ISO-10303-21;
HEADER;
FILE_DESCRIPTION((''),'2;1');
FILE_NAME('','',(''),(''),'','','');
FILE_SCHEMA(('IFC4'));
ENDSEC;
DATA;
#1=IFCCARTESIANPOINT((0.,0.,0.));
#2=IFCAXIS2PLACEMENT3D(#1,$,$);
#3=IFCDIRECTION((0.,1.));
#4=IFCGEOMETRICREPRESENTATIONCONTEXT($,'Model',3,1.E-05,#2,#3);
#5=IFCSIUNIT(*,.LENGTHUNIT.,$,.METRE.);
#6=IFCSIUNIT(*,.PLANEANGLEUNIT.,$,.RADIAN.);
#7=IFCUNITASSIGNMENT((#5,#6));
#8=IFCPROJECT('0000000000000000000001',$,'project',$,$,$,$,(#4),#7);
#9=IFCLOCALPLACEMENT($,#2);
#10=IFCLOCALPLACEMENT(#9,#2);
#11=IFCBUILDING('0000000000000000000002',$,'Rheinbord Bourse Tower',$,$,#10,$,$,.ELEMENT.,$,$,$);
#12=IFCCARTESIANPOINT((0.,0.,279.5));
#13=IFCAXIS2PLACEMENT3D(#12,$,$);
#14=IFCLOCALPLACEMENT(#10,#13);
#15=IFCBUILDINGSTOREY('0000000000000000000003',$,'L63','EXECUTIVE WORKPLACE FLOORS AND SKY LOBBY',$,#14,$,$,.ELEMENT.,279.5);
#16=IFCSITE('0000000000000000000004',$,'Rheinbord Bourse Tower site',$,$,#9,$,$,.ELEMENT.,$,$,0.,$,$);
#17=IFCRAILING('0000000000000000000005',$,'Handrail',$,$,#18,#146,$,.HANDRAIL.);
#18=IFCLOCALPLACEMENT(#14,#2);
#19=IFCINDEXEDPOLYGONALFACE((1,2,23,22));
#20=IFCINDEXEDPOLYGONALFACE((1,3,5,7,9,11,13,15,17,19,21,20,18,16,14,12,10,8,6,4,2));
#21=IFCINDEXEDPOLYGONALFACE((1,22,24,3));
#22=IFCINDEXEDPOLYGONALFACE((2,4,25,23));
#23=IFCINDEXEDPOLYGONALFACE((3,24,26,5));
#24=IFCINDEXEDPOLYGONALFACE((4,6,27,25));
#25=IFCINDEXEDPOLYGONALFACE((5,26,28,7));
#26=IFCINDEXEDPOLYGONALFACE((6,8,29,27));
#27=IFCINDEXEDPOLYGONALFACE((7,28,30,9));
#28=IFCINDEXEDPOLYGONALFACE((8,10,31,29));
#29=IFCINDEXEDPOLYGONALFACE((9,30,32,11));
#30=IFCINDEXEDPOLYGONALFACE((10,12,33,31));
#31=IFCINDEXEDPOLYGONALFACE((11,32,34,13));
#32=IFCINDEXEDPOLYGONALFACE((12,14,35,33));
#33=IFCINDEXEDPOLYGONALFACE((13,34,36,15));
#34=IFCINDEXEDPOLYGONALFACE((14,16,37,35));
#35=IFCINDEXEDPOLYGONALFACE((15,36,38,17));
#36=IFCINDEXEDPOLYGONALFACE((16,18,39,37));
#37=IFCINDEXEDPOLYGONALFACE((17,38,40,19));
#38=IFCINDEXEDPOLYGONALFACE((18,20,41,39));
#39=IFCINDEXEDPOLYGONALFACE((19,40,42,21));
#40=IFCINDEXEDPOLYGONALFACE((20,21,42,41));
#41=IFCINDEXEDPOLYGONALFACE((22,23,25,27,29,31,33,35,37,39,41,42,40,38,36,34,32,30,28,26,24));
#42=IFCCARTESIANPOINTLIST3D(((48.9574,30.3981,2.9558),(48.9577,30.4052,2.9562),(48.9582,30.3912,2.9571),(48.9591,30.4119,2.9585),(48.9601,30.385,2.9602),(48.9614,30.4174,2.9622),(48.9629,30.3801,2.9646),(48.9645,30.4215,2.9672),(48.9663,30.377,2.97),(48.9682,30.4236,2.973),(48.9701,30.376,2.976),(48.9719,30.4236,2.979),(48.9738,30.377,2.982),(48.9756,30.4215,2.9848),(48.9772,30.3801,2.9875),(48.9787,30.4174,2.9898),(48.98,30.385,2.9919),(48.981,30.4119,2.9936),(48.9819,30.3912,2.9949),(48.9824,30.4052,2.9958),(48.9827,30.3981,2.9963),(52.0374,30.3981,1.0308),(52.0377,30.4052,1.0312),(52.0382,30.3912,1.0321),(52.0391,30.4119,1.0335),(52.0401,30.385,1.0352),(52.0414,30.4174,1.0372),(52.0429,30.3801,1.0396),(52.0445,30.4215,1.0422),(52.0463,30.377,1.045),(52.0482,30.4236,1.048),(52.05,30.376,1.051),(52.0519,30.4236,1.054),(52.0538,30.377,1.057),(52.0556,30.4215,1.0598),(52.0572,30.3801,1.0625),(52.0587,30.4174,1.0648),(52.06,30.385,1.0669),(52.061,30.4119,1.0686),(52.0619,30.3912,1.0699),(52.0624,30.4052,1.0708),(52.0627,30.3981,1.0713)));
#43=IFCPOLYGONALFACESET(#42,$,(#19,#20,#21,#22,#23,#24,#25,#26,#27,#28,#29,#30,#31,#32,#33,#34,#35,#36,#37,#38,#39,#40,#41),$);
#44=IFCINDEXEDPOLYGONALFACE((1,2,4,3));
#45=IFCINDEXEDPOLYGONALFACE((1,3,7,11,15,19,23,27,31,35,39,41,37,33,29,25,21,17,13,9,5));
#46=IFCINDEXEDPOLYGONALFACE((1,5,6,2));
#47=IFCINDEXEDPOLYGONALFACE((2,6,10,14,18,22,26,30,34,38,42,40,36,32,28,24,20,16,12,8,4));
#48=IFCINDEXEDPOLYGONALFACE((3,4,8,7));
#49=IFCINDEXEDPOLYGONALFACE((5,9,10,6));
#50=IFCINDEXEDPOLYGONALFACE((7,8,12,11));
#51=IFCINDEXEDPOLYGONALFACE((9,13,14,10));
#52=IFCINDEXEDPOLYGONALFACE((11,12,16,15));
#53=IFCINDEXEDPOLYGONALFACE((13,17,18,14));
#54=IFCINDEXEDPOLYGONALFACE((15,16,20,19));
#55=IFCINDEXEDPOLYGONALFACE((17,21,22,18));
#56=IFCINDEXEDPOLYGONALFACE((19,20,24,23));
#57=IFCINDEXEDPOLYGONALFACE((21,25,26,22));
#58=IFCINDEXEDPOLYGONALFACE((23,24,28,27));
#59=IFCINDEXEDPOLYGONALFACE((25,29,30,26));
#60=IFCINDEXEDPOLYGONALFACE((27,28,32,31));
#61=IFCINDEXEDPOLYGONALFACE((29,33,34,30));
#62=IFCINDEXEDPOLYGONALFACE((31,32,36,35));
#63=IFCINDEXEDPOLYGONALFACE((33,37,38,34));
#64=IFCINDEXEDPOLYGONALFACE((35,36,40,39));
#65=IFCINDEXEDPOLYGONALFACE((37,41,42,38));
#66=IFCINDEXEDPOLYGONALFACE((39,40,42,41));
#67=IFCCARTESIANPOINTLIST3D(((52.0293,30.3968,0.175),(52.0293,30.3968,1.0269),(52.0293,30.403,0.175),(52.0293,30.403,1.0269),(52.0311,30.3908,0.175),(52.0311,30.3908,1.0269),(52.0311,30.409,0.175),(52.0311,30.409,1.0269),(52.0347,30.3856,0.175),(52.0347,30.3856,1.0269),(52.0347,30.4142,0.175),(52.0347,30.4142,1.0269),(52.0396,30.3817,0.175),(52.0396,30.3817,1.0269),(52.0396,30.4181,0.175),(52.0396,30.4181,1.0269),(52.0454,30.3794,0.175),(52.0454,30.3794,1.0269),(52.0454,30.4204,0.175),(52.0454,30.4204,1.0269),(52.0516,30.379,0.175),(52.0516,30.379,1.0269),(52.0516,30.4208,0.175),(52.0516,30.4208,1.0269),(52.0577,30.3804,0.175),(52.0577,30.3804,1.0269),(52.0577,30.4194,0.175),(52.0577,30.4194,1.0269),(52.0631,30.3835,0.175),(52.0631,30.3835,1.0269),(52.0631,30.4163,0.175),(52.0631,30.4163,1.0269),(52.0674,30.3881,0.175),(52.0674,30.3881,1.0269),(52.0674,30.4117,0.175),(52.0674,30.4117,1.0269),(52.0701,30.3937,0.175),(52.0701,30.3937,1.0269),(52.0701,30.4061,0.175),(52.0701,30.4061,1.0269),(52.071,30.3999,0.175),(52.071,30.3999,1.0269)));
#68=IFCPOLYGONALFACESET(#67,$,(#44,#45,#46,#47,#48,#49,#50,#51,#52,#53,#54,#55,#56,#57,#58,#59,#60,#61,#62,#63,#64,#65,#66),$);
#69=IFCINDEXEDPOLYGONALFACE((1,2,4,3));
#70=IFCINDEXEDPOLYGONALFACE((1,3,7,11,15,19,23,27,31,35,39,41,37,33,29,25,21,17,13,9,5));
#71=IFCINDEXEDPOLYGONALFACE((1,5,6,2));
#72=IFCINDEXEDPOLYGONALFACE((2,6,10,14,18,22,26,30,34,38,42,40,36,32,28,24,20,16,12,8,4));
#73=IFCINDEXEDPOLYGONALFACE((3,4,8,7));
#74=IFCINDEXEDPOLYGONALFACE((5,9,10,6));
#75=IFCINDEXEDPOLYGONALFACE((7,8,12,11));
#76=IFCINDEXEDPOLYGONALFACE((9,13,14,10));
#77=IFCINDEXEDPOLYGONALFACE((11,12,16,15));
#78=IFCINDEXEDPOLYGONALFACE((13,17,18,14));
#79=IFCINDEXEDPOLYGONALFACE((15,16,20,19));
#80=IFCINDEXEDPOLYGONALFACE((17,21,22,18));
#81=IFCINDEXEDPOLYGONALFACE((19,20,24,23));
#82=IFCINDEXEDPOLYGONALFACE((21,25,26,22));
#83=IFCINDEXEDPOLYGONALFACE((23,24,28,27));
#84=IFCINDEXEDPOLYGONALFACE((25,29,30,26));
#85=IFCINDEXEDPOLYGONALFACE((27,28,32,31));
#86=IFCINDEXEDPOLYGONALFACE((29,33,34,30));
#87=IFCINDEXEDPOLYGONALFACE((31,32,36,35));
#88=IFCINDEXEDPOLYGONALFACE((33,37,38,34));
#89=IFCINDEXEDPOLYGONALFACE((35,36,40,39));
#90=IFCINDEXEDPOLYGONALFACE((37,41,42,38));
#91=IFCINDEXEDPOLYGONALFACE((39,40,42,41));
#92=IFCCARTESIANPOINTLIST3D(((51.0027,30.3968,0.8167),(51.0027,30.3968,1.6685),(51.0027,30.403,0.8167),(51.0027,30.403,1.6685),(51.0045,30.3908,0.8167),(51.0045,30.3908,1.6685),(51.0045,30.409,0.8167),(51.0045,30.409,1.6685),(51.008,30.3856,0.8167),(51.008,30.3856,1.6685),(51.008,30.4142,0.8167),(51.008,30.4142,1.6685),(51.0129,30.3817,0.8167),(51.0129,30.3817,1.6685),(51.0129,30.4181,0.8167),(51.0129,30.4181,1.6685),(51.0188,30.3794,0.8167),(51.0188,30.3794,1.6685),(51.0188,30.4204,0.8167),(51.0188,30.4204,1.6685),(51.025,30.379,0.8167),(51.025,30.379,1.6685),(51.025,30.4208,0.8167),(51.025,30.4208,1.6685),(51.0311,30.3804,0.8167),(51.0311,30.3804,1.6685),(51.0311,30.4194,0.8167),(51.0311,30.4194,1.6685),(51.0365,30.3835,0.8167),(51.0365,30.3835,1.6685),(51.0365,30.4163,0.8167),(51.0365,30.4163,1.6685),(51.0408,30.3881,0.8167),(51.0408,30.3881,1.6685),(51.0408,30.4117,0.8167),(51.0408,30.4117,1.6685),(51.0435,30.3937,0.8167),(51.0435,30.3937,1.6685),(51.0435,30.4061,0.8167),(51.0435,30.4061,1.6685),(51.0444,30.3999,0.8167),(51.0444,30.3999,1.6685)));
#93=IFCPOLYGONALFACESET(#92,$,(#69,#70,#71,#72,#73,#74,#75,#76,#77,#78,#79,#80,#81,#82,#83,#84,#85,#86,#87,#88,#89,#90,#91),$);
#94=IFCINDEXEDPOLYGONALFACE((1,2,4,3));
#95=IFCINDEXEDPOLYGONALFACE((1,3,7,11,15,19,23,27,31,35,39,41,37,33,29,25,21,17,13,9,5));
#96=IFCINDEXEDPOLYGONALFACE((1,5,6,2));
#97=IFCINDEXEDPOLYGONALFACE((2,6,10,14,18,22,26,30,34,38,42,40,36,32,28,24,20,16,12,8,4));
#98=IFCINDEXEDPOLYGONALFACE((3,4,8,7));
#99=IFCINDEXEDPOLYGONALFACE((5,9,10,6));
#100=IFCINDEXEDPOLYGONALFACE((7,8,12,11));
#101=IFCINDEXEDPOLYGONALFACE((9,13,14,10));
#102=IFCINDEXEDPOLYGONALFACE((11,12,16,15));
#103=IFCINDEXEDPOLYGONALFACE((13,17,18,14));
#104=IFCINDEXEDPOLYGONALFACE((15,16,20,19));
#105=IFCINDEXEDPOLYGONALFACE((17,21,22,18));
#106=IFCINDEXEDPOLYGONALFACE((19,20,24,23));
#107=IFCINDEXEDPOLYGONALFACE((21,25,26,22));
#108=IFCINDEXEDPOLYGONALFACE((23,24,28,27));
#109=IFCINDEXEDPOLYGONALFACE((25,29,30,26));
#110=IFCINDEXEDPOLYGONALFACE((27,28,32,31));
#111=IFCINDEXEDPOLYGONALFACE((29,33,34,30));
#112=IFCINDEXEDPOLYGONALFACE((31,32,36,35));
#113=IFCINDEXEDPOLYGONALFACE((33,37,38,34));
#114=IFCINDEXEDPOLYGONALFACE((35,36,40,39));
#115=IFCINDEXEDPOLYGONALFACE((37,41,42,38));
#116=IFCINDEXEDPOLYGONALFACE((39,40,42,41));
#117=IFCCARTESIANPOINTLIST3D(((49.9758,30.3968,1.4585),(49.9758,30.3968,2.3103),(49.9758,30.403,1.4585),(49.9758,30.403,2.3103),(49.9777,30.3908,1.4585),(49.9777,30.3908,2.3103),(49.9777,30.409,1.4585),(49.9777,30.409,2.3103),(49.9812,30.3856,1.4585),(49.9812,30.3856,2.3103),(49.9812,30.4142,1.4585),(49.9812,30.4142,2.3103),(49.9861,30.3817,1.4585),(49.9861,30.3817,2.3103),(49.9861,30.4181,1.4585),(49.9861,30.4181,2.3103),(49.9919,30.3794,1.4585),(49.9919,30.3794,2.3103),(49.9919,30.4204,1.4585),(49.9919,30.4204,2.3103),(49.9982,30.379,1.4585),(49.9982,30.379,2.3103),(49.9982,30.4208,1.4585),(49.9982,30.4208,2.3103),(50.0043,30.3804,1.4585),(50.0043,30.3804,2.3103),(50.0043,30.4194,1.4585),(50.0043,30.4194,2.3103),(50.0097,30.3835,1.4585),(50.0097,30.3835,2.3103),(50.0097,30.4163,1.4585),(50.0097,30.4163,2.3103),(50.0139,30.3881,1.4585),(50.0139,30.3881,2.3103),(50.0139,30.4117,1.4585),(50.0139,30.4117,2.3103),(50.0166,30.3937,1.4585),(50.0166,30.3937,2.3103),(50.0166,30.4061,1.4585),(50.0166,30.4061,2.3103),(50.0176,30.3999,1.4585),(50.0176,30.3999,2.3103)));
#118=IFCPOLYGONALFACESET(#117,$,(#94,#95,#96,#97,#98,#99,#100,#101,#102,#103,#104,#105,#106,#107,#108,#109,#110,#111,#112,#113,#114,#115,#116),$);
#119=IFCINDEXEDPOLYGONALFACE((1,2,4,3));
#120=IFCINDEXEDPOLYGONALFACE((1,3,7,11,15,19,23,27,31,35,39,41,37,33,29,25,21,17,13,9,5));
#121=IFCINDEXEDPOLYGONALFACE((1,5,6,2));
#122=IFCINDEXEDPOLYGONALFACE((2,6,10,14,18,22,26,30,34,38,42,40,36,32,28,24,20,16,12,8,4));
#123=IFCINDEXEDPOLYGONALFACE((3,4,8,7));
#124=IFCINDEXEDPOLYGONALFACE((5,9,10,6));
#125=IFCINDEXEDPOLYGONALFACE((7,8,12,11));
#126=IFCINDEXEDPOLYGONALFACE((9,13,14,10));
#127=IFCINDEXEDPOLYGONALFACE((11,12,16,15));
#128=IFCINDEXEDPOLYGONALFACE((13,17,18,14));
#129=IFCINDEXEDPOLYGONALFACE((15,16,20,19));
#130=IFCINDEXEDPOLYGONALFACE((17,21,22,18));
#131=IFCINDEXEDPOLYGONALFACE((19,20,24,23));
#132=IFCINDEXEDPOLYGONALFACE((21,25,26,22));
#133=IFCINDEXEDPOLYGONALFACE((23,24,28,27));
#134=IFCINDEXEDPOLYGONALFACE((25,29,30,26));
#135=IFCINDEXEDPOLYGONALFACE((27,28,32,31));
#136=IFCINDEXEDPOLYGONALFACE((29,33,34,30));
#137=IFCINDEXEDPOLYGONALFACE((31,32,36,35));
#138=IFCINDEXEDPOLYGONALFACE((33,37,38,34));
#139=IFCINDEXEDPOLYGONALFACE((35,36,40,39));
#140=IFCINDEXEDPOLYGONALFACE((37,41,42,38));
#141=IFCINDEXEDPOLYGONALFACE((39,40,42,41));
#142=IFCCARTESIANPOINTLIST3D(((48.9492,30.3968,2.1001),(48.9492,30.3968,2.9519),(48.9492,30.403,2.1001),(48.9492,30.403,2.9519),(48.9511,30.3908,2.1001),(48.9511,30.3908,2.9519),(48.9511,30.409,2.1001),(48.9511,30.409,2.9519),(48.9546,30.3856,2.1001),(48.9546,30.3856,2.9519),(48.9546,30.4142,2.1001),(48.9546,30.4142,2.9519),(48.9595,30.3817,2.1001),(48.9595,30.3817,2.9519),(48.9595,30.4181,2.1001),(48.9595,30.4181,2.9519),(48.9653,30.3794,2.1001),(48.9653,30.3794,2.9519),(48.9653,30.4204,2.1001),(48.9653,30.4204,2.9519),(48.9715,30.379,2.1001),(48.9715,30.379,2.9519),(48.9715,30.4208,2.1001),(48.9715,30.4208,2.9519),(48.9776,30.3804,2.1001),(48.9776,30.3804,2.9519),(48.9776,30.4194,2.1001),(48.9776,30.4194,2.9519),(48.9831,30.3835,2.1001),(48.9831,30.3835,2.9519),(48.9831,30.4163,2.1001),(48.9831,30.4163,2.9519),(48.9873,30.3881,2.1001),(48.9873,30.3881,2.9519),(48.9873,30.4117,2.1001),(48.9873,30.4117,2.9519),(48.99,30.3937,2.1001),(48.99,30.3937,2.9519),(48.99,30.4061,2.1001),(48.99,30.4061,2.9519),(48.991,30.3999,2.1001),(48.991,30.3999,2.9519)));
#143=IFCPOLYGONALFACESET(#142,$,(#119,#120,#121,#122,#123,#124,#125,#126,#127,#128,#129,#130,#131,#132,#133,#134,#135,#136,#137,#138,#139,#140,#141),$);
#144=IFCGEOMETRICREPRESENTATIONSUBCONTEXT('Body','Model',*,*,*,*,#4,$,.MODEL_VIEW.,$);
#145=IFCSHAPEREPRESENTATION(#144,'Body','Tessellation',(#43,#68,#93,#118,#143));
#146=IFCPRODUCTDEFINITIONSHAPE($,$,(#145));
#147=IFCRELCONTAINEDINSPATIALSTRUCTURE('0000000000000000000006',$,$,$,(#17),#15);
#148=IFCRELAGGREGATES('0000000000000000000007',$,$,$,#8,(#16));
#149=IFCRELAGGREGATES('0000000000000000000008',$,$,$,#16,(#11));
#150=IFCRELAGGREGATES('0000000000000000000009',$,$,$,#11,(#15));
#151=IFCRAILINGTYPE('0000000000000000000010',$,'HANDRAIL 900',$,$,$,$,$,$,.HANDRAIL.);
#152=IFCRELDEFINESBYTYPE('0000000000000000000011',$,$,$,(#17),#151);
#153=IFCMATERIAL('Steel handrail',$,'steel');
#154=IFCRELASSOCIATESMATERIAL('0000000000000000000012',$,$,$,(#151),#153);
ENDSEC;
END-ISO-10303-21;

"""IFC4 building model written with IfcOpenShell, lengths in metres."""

from ifc_helpers import new_model, si_unit, direction, frame, origin, origin_2d, place, context, subcontext, project, spatial, circle, extrude, material, type_object, element, save


model = new_model("IFC4")

# Units and contexts
model_context = context("Model", 3, precision=1e-05, world=origin(), true_north=direction((0.0, 1.0)))
body_context = subcontext(model_context, "Body", "Model", "MODEL_VIEW")
ifc_project = project(units=[si_unit("LENGTHUNIT", "METRE"), si_unit("PLANEANGLEUNIT", "RADIAN")], contexts=[model_context])

# Site, building, storey
site_placement = place(None, origin())
site = spatial("IfcSite", under=ifc_project, at=site_placement, Name="Rheinbord Bourse Tower site", CompositionType="ELEMENT", RefElevation=0.0)
building_placement = place(site_placement, origin())
building = spatial("IfcBuilding", under=site, at=building_placement, Name="Rheinbord Bourse Tower", CompositionType="ELEMENT")
storey_placement = place(building_placement, frame((0.0, 0.0, 279.5)))
storey = spatial("IfcBuildingStorey", under=building, at=storey_placement, Name="L63", Description="EXECUTIVE WORKPLACE FLOORS AND SKY LOBBY", CompositionType="ELEMENT", Elevation=279.5)

# Railing
ifc_material_1 = material(Name="Steel handrail", Category="steel")
railing_type = type_object("IfcRailingType", Name="HANDRAIL 900", PredefinedType="HANDRAIL", material=ifc_material_1)
railing_1_placement = place(storey_placement, frame((52.05, 30.3999, 0.175)))
element("IfcRailing", 1, at=railing_1_placement, inside=storey, type_object=railing_type, Name="Handrail", PredefinedType="HANDRAIL", context=body_context, shape_type="SweptSolid", body=[
    extrude(circle(Radius=0.0239, at=origin_2d()), frame((0.0, 0.0, 0.876), z_axis=(-0.847998, 0.0, 0.529999), x_axis=(0.0, -1.0, 0.0)), (0.0, 0.0, 1.0), 3.6321),
    extrude(circle(Radius=0.021, at=origin_2d()), origin(), (0.0, 0.0, 1.0), 0.8518),
    extrude(circle(Radius=0.021, at=origin_2d()), frame((-1.0266, 0.0, 0.6416)), (0.0, 0.0, 1.0), 0.8518),
    extrude(circle(Radius=0.021, at=origin_2d()), frame((-2.0535, 0.0, 1.2834)), (0.0, 0.0, 1.0), 0.8518),
    extrude(circle(Radius=0.021, at=origin_2d()), frame((-3.0801, 0.0, 1.925)), (0.0, 0.0, 1.0), 0.8518),
])

save(model, "model.ifc")
